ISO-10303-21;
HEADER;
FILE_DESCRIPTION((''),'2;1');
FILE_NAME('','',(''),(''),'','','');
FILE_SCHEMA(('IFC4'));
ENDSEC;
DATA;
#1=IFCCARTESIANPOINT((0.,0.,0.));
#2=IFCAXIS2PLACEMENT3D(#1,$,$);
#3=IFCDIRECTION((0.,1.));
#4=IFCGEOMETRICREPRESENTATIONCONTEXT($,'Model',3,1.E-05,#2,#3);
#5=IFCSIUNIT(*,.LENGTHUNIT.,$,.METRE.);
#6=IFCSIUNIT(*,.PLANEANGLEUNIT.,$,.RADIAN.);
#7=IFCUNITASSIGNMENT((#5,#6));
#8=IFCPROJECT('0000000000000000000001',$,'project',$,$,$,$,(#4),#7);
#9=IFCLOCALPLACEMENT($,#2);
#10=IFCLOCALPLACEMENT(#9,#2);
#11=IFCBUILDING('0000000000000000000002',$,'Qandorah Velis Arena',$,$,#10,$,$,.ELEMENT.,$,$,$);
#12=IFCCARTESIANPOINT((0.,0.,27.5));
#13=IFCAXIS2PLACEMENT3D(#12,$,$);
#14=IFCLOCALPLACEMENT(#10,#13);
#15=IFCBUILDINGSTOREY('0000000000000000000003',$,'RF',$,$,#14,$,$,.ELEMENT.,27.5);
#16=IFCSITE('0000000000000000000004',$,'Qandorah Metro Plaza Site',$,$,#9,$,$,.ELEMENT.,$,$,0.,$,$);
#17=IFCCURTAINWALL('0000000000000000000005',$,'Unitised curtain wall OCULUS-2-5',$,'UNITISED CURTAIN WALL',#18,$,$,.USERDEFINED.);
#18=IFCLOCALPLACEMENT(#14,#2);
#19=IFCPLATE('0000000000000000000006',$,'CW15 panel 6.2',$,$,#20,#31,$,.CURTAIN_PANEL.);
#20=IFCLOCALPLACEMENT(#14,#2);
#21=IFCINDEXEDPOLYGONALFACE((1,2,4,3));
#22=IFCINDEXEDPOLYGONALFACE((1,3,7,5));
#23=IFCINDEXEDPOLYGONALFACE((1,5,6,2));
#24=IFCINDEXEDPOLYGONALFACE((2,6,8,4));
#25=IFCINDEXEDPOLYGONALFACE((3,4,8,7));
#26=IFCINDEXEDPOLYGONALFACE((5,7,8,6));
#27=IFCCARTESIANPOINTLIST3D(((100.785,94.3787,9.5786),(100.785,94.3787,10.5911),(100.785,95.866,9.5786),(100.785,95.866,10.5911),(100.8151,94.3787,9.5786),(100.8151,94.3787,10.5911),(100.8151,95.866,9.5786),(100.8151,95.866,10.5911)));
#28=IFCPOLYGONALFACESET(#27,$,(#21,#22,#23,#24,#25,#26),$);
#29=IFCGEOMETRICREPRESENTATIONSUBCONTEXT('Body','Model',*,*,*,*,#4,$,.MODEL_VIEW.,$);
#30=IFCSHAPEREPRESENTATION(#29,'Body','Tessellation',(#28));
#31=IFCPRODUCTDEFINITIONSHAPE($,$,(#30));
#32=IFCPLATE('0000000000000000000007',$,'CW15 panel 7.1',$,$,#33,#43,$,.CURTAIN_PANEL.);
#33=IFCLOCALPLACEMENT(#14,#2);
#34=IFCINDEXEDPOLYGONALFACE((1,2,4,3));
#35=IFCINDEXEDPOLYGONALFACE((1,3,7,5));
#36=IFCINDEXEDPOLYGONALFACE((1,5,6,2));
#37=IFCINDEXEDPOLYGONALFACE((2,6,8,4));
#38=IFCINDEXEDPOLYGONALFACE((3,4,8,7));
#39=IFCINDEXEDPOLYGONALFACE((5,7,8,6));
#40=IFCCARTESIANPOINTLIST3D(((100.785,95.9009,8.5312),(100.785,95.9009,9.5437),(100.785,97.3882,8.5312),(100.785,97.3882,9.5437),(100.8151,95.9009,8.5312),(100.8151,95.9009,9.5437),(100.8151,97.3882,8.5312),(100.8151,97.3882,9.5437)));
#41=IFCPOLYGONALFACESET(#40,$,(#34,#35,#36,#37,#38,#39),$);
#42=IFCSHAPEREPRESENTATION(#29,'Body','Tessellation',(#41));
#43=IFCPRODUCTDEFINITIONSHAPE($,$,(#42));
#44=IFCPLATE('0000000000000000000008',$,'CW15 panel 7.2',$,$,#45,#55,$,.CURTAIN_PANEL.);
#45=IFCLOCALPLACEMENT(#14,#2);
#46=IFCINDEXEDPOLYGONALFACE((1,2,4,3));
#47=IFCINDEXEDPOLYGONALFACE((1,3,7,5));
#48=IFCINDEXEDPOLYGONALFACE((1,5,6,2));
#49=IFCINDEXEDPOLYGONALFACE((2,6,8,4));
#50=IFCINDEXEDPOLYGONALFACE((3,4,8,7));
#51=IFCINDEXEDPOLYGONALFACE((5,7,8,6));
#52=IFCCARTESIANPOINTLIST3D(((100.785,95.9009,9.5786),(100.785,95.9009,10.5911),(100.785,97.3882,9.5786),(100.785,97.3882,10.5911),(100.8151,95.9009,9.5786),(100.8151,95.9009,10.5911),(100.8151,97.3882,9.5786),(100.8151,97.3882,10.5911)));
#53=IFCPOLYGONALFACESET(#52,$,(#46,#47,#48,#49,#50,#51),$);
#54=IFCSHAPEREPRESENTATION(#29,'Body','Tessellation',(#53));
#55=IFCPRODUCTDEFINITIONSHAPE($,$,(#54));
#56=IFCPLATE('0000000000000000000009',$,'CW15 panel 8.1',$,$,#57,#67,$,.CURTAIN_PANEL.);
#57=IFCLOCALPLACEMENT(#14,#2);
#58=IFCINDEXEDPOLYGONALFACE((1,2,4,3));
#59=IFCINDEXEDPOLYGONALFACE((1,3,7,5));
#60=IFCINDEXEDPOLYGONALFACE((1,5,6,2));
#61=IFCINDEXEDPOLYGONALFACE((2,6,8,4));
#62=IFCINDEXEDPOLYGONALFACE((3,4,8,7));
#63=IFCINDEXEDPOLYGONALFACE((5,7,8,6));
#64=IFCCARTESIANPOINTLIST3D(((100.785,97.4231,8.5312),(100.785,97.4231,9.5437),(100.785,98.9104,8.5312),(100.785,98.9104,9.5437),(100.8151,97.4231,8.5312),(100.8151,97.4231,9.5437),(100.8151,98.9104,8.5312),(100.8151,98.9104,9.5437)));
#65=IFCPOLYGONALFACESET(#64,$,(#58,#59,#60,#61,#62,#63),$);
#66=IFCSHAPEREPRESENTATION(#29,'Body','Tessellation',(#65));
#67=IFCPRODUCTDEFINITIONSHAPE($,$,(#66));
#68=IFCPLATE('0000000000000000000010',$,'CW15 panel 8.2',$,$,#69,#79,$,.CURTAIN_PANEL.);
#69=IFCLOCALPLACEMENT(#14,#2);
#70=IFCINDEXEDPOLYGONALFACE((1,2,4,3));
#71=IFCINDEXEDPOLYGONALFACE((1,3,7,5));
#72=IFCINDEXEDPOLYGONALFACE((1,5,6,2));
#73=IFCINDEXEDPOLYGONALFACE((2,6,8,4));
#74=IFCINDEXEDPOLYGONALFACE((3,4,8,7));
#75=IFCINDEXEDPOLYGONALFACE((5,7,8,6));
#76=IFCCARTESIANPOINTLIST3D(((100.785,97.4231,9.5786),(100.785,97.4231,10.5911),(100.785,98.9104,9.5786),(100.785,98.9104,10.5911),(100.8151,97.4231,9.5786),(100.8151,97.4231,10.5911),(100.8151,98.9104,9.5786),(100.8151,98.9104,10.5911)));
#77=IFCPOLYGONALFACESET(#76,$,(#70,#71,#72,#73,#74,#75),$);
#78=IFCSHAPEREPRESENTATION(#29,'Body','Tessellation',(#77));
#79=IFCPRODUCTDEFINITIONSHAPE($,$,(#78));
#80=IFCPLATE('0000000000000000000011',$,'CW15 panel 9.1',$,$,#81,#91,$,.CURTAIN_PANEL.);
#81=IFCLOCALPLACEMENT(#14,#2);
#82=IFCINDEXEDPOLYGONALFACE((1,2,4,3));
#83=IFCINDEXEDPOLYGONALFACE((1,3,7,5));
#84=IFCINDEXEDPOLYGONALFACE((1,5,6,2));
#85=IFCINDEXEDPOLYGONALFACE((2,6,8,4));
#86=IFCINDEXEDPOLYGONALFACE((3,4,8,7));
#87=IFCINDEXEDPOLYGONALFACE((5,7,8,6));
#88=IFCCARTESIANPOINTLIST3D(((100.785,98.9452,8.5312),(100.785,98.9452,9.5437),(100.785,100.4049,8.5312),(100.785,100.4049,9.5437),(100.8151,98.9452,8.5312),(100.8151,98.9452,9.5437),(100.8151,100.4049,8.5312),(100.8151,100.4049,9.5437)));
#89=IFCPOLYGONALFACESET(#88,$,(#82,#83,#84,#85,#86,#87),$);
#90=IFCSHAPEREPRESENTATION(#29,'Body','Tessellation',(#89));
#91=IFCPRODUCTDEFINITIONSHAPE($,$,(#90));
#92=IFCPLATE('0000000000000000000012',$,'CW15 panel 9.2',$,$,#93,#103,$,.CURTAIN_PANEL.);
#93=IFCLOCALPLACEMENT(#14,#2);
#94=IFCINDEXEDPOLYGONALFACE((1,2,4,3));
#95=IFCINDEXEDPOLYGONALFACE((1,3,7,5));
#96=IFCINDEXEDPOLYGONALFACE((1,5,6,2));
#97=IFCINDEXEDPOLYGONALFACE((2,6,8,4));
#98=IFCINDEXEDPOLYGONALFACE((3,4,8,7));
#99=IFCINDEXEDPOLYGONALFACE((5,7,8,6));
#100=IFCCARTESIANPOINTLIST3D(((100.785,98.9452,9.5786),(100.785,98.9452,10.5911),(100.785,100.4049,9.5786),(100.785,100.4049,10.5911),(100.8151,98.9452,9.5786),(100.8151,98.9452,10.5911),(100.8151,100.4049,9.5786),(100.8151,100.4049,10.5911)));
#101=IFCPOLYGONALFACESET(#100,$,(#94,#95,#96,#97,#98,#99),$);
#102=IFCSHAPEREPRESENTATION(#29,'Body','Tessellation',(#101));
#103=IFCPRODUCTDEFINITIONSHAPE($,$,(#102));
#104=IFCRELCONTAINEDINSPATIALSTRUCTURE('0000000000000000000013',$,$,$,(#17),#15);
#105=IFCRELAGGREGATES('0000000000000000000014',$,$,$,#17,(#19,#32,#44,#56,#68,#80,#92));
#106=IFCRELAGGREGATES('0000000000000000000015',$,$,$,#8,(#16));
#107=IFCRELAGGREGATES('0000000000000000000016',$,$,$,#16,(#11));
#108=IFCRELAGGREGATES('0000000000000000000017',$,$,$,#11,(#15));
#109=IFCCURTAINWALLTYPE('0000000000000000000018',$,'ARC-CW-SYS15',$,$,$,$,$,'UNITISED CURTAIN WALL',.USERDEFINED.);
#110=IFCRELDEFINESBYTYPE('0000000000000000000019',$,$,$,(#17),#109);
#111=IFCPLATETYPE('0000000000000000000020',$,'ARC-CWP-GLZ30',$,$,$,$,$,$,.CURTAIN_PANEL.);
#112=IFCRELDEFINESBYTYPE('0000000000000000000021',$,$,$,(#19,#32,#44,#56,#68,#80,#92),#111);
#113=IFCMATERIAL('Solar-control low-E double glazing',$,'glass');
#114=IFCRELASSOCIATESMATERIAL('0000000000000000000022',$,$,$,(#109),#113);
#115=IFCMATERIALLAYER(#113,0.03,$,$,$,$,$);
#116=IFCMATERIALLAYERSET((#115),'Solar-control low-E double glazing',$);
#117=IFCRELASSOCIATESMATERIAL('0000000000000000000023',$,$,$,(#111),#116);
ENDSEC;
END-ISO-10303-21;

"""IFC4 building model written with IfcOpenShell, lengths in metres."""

from ifc_helpers import new_model, si_unit, direction, frame, origin, origin_2d, place, context, subcontext, project, spatial, rectangle, extrude, material, layer, layer_set, type_object, element, aggregate, save


model = new_model("IFC4")

# Units and contexts
model_context = context("Model", 3, precision=1e-05, world=origin(), true_north=direction((0.0, 1.0)))
body_context = subcontext(model_context, "Body", "Model", "MODEL_VIEW")
ifc_project = project(units=[si_unit("LENGTHUNIT", "METRE"), si_unit("PLANEANGLEUNIT", "RADIAN")], contexts=[model_context])

# Site, building, storey
site_placement = place(None, origin())
site = spatial("IfcSite", under=ifc_project, at=site_placement, Name="Qandorah Metro Plaza Site", CompositionType="ELEMENT", RefElevation=0.0)
building_placement = place(site_placement, origin())
building = spatial("IfcBuilding", under=site, at=building_placement, Name="Qandorah Velis Arena", CompositionType="ELEMENT")
storey_placement = place(building_placement, frame((0.0, 0.0, 27.5)))
storey = spatial("IfcBuildingStorey", under=building, at=storey_placement, Name="RF", CompositionType="ELEMENT", Elevation=27.5)

# Curtain wall
ifc_material_1 = material(Name="Solar-control low-E double glazing", Category="glass")
curtain_wall_type = type_object("IfcCurtainWallType", Name="ARC-CW-SYS15", ElementType="UNITISED CURTAIN WALL", PredefinedType="USERDEFINED", material=ifc_material_1)
curtain_wall_placement = place(storey_placement, origin())
curtain_wall = element("IfcCurtainWall", 1, at=curtain_wall_placement, inside=storey, type_object=curtain_wall_type, Name="Unitised curtain wall OCULUS-2-5", ObjectType="UNITISED CURTAIN WALL", PredefinedType="USERDEFINED")

# Plates
ifc_layer = layer(ifc_material_1, 0.03)
ifc_layer_set = layer_set([ifc_layer], Name="Solar-control low-E double glazing")
plate_type = type_object("IfcPlateType", Name="ARC-CWP-GLZ30", PredefinedType="CURTAIN_PANEL", material=ifc_layer_set)
plate_1_placement = place(storey_placement, frame((100.8, 95.1223, 9.5786), z_axis=(0.0, 0.0, 1.0), x_axis=(0.0, 1.0, 0.0)))
plate_1 = element("IfcPlate", 2, at=plate_1_placement, type_object=plate_type, Name="CW15 panel 6.2", PredefinedType="CURTAIN_PANEL", context=body_context, shape_type="SweptSolid", body=[
    extrude(rectangle(XDim=1.4873, YDim=0.03, at=origin_2d()), origin(), (0.0, 0.0, 1.0), 1.0125),
])
plate_2_placement = place(storey_placement, frame((100.8, 96.6445, 8.5312), z_axis=(0.0, 0.0, 1.0), x_axis=(0.0, 1.0, 0.0)))
plate_2 = element("IfcPlate", 3, at=plate_2_placement, type_object=plate_type, Name="CW15 panel 7.1", PredefinedType="CURTAIN_PANEL", context=body_context, shape_type="SweptSolid", body=[
    extrude(rectangle(XDim=1.4873, YDim=0.03, at=origin_2d()), origin(), (0.0, 0.0, 1.0), 1.0125),
])
plate_3_placement = place(storey_placement, frame((100.8, 96.6445, 9.5786), z_axis=(0.0, 0.0, 1.0), x_axis=(0.0, 1.0, 0.0)))
plate_3 = element("IfcPlate", 4, at=plate_3_placement, type_object=plate_type, Name="CW15 panel 7.2", PredefinedType="CURTAIN_PANEL", context=body_context, shape_type="SweptSolid", body=[
    extrude(rectangle(XDim=1.4873, YDim=0.03, at=origin_2d()), origin(), (0.0, 0.0, 1.0), 1.0125),
])
plate_4_placement = place(storey_placement, frame((100.8, 98.1667, 8.5312), z_axis=(0.0, 0.0, 1.0), x_axis=(0.0, 1.0, 0.0)))
plate_4 = element("IfcPlate", 5, at=plate_4_placement, type_object=plate_type, Name="CW15 panel 8.1", PredefinedType="CURTAIN_PANEL", context=body_context, shape_type="SweptSolid", body=[
    extrude(rectangle(XDim=1.4873, YDim=0.03, at=origin_2d()), origin(), (0.0, 0.0, 1.0), 1.0125),
])
plate_5_placement = place(storey_placement, frame((100.8, 98.1667, 9.5786), z_axis=(0.0, 0.0, 1.0), x_axis=(0.0, 1.0, 0.0)))
plate_5 = element("IfcPlate", 6, at=plate_5_placement, type_object=plate_type, Name="CW15 panel 8.2", PredefinedType="CURTAIN_PANEL", context=body_context, shape_type="SweptSolid", body=[
    extrude(rectangle(XDim=1.4873, YDim=0.03, at=origin_2d()), origin(), (0.0, 0.0, 1.0), 1.0125),
])
plate_6_placement = place(storey_placement, frame((100.8, 99.675, 8.5312), z_axis=(0.0, 0.0, 1.0), x_axis=(0.0, 1.0, 0.0)))
plate_6 = element("IfcPlate", 7, at=plate_6_placement, type_object=plate_type, Name="CW15 panel 9.1", PredefinedType="CURTAIN_PANEL", context=body_context, shape_type="SweptSolid", body=[
    extrude(rectangle(XDim=1.4597, YDim=0.03, at=origin_2d()), origin(), (0.0, 0.0, 1.0), 1.0125),
])
plate_7_placement = place(storey_placement, frame((100.8, 99.675, 9.5786), z_axis=(0.0, 0.0, 1.0), x_axis=(0.0, 1.0, 0.0)))
plate_7 = element("IfcPlate", 8, at=plate_7_placement, type_object=plate_type, Name="CW15 panel 9.2", PredefinedType="CURTAIN_PANEL", context=body_context, shape_type="SweptSolid", body=[
    extrude(rectangle(XDim=1.4597, YDim=0.03, at=origin_2d()), origin(), (0.0, 0.0, 1.0), 1.0125),
])
aggregate(curtain_wall, [plate_1, plate_2, plate_3, plate_4, plate_5, plate_6, plate_7])

save(model, "model.ifc")
